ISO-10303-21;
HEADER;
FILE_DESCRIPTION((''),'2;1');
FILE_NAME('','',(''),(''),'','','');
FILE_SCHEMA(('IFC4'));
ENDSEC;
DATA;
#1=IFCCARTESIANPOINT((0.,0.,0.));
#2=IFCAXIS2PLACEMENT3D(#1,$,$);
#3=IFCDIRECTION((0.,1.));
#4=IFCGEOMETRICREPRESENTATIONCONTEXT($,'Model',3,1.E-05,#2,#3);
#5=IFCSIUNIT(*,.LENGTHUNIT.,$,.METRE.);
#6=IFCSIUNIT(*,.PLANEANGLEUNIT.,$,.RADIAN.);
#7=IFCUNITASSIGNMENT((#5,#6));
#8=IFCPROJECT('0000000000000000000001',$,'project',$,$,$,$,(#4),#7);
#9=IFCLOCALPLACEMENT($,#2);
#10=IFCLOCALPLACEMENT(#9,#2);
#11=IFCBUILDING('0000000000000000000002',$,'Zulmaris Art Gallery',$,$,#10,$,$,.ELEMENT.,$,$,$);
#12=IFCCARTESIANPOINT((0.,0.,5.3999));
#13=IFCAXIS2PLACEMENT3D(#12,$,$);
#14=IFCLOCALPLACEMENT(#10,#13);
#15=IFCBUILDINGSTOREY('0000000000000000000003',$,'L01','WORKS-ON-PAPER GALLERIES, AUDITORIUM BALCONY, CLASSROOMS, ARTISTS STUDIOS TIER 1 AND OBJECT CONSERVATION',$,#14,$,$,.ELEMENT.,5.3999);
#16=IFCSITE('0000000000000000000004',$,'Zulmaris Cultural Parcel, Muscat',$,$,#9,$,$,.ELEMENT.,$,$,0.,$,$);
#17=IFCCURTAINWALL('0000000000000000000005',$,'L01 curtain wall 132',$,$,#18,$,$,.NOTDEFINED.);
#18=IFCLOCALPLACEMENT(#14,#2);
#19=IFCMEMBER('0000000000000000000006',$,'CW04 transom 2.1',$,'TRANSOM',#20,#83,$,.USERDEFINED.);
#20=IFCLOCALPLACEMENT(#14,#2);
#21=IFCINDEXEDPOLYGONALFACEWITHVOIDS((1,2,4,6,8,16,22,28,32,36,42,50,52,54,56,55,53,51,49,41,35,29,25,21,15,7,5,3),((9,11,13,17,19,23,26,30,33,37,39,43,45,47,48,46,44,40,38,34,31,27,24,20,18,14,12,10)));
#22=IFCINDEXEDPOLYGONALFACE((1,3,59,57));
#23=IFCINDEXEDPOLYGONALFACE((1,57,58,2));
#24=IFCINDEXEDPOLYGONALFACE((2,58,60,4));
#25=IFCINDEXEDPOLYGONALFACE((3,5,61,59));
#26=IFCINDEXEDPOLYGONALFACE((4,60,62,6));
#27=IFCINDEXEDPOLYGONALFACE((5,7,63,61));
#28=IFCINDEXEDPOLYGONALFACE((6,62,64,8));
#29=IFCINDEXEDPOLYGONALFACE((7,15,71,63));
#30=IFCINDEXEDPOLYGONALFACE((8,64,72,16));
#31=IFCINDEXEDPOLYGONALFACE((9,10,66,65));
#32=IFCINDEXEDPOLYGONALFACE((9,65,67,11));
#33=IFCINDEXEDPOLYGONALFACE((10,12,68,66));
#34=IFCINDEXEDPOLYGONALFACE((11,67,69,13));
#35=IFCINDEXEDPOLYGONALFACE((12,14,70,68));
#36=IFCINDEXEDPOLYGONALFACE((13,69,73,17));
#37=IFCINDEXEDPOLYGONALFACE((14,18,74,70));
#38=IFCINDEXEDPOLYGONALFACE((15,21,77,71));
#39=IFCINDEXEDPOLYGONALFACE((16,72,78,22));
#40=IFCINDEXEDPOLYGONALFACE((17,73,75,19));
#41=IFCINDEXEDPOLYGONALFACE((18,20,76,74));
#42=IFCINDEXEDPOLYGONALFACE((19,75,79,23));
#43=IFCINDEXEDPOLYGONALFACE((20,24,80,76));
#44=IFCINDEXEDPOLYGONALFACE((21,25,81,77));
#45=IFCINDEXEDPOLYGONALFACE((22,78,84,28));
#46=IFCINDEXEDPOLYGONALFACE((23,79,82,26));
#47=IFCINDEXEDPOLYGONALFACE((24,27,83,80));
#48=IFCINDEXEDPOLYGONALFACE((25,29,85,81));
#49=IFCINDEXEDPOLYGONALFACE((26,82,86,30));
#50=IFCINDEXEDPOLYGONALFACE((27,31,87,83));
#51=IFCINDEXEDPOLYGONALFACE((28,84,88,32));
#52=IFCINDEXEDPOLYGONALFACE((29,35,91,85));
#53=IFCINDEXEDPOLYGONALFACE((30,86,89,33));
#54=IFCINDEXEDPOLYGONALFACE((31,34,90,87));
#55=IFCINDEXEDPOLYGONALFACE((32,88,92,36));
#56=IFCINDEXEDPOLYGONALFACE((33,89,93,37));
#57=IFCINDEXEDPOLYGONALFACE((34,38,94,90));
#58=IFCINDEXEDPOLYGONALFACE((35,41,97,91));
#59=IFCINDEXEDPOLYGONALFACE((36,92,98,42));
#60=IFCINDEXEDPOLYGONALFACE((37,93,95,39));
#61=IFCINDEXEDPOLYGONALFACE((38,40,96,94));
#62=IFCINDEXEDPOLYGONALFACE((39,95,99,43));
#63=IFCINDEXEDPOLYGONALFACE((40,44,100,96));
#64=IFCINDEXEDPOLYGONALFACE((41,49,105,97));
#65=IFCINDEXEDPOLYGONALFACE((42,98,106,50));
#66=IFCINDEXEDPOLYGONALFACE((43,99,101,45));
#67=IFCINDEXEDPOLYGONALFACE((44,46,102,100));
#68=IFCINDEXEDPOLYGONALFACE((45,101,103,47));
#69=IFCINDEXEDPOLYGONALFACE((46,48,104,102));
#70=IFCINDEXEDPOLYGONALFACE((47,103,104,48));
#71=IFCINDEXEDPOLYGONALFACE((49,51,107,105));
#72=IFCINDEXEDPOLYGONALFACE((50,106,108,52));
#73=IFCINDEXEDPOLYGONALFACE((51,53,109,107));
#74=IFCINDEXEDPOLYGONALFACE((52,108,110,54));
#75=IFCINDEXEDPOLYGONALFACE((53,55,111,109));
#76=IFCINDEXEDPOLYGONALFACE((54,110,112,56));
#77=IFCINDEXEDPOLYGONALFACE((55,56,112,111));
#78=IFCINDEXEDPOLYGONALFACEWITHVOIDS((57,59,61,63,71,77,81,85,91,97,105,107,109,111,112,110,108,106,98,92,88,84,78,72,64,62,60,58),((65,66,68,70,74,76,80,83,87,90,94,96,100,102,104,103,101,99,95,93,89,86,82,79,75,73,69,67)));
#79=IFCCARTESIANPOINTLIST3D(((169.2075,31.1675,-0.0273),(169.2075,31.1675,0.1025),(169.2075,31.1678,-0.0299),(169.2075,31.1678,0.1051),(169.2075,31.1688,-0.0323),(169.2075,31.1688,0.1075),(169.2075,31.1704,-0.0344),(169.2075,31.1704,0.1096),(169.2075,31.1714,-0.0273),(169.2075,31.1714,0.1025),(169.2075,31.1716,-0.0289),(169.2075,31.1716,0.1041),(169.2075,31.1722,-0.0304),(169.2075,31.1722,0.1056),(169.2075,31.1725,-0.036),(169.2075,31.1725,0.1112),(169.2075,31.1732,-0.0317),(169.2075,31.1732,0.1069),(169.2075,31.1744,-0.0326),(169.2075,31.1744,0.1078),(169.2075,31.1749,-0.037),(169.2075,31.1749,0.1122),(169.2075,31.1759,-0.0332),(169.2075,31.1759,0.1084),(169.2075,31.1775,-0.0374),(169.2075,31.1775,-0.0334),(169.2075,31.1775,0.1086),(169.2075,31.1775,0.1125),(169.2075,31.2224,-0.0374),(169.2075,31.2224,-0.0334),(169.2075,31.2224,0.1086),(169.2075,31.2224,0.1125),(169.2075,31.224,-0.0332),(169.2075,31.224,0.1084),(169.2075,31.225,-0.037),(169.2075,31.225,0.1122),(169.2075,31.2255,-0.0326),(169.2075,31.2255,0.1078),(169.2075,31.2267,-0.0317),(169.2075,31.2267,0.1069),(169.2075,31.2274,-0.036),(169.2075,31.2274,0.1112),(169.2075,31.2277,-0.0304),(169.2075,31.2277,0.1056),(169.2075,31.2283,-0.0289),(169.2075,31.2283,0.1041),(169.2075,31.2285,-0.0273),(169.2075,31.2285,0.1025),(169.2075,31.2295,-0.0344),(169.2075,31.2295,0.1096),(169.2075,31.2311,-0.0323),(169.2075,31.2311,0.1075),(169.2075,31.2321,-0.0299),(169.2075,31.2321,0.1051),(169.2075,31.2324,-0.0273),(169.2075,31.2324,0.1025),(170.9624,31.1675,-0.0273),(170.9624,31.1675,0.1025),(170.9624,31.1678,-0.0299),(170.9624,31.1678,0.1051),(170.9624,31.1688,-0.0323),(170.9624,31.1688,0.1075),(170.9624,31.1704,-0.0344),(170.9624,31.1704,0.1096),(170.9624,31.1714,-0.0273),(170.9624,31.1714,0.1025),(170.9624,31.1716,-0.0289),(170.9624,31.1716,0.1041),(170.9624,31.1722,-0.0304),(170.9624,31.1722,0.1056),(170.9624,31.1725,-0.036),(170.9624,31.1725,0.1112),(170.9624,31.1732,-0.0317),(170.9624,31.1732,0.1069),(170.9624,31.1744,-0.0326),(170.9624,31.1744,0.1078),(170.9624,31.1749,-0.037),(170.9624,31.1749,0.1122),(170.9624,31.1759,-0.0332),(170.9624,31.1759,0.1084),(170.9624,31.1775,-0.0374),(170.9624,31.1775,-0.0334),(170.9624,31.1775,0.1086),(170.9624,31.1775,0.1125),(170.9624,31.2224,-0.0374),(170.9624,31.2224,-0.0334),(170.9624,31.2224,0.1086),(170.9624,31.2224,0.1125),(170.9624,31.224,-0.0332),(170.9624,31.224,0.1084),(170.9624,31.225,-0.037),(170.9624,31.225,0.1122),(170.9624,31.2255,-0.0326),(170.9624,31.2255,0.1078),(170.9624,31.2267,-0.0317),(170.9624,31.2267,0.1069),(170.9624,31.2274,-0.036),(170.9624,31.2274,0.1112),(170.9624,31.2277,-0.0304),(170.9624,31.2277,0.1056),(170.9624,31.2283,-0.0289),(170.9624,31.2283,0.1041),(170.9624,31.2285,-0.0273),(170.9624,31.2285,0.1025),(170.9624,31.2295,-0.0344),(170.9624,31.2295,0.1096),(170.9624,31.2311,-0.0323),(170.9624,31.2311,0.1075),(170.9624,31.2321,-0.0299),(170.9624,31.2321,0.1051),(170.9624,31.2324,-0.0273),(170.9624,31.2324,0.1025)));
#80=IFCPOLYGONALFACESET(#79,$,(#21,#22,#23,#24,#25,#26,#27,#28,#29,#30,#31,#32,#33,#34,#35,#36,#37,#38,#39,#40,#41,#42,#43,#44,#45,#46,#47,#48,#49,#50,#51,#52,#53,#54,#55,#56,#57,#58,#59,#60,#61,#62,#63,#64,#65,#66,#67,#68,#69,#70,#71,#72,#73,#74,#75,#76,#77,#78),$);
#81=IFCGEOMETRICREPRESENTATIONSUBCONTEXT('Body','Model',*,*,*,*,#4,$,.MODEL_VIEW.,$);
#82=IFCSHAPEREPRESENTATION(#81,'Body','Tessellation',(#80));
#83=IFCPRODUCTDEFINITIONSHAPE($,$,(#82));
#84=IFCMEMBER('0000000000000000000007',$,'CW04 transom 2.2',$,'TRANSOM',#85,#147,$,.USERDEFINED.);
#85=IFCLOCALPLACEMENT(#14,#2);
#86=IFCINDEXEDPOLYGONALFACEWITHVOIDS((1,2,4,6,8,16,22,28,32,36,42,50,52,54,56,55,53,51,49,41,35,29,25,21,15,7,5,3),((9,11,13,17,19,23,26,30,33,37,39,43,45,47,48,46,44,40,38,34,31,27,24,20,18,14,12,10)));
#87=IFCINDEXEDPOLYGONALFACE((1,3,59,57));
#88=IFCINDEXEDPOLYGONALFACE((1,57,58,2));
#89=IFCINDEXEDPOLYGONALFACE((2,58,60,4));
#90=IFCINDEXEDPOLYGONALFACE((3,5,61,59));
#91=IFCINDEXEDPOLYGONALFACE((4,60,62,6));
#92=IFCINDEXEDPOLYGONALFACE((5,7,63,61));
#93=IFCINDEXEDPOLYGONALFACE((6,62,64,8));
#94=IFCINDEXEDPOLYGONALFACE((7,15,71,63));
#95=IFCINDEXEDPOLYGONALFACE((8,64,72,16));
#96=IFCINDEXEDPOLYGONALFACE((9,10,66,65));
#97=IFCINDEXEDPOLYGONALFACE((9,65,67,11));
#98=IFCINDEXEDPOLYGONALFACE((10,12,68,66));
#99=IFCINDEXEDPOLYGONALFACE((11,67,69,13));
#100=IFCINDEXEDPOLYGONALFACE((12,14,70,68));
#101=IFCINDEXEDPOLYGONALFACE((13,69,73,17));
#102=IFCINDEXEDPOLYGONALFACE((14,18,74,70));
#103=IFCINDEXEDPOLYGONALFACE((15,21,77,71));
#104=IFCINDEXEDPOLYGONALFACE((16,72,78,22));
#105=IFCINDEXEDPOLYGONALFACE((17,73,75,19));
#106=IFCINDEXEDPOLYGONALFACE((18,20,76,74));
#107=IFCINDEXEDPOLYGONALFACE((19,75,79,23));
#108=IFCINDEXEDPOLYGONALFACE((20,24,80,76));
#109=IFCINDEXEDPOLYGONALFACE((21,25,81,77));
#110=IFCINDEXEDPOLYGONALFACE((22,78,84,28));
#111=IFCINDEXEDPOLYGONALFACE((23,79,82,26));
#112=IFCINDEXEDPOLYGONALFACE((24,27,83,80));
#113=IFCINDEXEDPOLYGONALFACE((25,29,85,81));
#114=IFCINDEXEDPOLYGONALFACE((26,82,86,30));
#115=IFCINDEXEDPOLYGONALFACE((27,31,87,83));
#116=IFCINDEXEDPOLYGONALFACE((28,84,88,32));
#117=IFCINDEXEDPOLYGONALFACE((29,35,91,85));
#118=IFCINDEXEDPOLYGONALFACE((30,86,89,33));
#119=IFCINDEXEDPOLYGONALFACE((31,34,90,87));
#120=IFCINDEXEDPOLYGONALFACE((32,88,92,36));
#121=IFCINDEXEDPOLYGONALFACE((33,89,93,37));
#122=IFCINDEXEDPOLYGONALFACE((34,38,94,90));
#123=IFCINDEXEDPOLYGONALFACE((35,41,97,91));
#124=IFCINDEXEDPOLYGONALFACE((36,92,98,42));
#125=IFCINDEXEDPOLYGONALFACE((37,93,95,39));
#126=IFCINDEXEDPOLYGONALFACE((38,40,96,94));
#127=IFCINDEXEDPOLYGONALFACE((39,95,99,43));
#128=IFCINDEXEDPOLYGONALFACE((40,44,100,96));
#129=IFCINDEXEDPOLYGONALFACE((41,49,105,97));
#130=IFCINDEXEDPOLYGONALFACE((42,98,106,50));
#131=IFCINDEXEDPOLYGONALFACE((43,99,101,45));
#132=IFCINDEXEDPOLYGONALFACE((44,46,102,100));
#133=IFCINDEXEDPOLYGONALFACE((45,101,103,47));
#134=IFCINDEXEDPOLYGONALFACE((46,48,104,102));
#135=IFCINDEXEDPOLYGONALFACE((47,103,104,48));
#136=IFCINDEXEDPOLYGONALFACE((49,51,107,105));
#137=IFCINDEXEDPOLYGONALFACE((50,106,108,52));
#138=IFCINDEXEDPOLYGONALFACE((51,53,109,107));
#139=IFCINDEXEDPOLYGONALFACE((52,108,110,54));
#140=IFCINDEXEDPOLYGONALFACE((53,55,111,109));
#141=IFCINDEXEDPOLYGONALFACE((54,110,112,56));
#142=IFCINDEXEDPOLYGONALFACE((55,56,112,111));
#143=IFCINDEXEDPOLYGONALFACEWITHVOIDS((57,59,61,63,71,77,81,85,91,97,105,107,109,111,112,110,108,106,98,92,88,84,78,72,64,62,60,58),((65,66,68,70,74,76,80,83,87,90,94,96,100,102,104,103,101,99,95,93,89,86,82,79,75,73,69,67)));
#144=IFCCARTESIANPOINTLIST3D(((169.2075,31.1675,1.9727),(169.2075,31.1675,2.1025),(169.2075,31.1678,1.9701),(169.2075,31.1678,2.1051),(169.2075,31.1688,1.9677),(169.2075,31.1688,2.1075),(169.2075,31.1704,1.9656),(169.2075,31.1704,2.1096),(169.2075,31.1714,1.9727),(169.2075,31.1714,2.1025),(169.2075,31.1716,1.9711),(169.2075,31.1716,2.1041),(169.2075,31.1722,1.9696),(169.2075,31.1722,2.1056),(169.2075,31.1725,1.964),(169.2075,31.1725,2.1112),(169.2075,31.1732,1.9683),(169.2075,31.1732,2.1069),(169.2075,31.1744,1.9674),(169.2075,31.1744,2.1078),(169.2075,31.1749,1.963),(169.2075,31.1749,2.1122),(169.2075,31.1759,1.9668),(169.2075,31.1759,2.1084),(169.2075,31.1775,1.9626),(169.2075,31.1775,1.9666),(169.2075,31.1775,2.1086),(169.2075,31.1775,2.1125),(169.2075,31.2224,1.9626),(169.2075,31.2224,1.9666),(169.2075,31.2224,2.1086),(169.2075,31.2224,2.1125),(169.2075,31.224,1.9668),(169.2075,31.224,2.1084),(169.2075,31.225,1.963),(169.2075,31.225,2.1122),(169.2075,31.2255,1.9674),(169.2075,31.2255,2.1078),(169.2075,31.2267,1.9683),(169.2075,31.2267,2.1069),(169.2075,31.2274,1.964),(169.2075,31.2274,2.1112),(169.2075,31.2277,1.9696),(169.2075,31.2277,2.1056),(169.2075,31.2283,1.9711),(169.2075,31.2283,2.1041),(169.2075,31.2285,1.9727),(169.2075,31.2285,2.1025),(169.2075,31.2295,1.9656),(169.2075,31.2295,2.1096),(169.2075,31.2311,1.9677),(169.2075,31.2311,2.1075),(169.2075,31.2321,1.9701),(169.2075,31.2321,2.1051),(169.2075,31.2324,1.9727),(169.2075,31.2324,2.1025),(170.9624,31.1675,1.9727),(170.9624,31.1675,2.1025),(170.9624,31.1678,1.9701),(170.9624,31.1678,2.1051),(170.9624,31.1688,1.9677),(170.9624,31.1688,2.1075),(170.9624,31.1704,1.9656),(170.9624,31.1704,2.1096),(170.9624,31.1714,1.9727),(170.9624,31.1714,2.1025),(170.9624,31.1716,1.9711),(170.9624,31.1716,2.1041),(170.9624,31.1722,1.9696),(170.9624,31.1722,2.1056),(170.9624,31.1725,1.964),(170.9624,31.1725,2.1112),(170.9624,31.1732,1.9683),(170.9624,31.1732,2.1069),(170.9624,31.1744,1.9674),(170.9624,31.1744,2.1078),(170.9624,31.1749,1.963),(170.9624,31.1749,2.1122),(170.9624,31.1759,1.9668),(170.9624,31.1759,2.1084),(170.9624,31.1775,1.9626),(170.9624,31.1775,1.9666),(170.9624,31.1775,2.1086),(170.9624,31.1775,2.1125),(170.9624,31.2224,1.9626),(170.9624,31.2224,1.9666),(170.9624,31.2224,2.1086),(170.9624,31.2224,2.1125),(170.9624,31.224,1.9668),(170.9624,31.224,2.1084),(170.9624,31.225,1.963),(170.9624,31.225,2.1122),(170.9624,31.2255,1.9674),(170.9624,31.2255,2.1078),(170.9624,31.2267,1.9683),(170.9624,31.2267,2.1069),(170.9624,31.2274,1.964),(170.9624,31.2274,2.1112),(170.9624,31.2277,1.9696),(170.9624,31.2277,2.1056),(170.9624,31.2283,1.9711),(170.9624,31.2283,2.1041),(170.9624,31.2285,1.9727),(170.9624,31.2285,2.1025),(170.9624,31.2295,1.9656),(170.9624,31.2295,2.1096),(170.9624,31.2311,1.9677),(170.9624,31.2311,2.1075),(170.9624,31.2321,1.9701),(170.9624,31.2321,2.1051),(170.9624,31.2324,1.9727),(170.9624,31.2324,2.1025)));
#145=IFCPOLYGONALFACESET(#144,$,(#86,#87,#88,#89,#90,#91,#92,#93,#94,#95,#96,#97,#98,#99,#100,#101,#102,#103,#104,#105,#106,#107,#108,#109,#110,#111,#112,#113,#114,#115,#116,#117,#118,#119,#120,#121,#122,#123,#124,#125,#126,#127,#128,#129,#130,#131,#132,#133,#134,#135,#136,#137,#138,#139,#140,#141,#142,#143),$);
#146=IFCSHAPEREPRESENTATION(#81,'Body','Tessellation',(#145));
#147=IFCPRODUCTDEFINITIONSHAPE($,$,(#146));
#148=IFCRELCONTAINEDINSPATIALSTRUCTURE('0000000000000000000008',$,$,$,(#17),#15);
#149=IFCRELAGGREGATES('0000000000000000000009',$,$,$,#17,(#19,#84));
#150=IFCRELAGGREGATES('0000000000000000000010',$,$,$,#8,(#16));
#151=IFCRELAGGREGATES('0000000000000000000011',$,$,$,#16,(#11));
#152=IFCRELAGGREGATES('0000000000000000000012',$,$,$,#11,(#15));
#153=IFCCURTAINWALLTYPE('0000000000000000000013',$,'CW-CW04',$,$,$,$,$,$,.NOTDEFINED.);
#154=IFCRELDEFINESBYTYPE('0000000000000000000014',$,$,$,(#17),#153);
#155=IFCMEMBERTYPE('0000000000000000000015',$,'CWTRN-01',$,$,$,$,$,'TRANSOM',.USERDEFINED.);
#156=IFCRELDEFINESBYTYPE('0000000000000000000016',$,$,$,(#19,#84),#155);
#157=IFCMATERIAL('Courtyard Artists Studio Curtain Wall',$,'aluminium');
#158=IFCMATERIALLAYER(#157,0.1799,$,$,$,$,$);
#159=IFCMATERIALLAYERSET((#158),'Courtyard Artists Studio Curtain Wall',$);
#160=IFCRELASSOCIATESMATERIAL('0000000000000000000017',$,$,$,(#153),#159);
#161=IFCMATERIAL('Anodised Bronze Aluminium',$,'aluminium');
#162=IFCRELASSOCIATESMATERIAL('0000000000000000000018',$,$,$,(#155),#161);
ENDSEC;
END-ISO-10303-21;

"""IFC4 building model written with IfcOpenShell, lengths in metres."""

from ifc_helpers import new_model, si_unit, direction, frame, origin, origin_2d, place, context, subcontext, project, spatial, hollow_rectangle, extrude, material, layer, layer_set, material_profile, profile_set, type_object, element, aggregate, save


model = new_model("IFC4")

# Units and contexts
model_context = context("Model", 3, precision=1e-05, world=origin(), true_north=direction((0.0, 1.0)))
body_context = subcontext(model_context, "Body", "Model", "MODEL_VIEW")
ifc_project = project(units=[si_unit("LENGTHUNIT", "METRE"), si_unit("PLANEANGLEUNIT", "RADIAN")], contexts=[model_context])

# Site, building, storey
site_placement = place(None, origin())
site = spatial("IfcSite", under=ifc_project, at=site_placement, Name="Zulmaris Cultural Parcel, Muscat", CompositionType="ELEMENT", RefElevation=0.0)
building_placement = place(site_placement, origin())
building = spatial("IfcBuilding", under=site, at=building_placement, Name="Zulmaris Art Gallery", CompositionType="ELEMENT")
storey_placement = place(building_placement, frame((0.0, 0.0, 5.3999)))
storey = spatial("IfcBuildingStorey", under=building, at=storey_placement, Name="L01", Description="WORKS-ON-PAPER GALLERIES, AUDITORIUM BALCONY, CLASSROOMS, ARTISTS STUDIOS TIER 1 AND OBJECT CONSERVATION", CompositionType="ELEMENT", Elevation=5.3999)

# Curtain wall, members
ifc_material_1 = material(Name="Courtyard Artists Studio Curtain Wall", Category="aluminium")
ifc_layer_1 = layer(ifc_material_1, 0.1799)
ifc_layer_set_1 = layer_set([ifc_layer_1], Name="Courtyard Artists Studio Curtain Wall")
curtain_wall_type = type_object("IfcCurtainWallType", Name="CW-CW04", PredefinedType="NOTDEFINED", material=ifc_layer_set_1)
curtain_wall_placement = place(storey_placement, origin())
curtain_wall = element("IfcCurtainWall", 1, at=curtain_wall_placement, inside=storey, type_object=curtain_wall_type, Name="L01 curtain wall 132", PredefinedType="NOTDEFINED")
ifc_material_2 = material(Name="Anodised Bronze Aluminium", Category="aluminium")
ifc_material_profile_1 = material_profile(ifc_material_2, hollow_rectangle(XDim=0.0649, YDim=0.1499, WallThickness=0.0039, InnerFilletRadius=0.0061, OuterFilletRadius=0.01, at=origin_2d()), Name="ALU 65x150x4")
ifc_profile_set_1 = profile_set([ifc_material_profile_1], Name="Anodised Bronze Aluminium")
member_type_1 = type_object("IfcMemberType", Name="CWTRN-01", ElementType="TRANSOM", PredefinedType="USERDEFINED", material=ifc_profile_set_1)
member_1_placement = place(storey_placement, frame((169.2075, 31.2, 0.0376), z_axis=(1.0, 0.0, 0.0), x_axis=(0.0, 1.0, 0.0)))
member_1 = element("IfcMember", 2, at=member_1_placement, type_object=member_type_1, Name="CW04 transom 2.1", ObjectType="TRANSOM", PredefinedType="USERDEFINED", context=body_context, shape_type="SweptSolid", body=[
    extrude(hollow_rectangle(XDim=0.0649, YDim=0.1499, WallThickness=0.0039, InnerFilletRadius=0.0061, OuterFilletRadius=0.01, at=origin_2d()), origin(), (0.0, 0.0, 1.0), 1.7549),
])
member_2_placement = place(storey_placement, frame((169.2075, 31.2, 2.0376), z_axis=(1.0, 0.0, 0.0), x_axis=(0.0, 1.0, 0.0)))
member_2 = element("IfcMember", 3, at=member_2_placement, type_object=member_type_1, Name="CW04 transom 2.2", ObjectType="TRANSOM", PredefinedType="USERDEFINED", context=body_context, shape_type="SweptSolid", body=[
    extrude(hollow_rectangle(XDim=0.0649, YDim=0.1499, WallThickness=0.0039, InnerFilletRadius=0.0061, OuterFilletRadius=0.01, at=origin_2d()), origin(), (0.0, 0.0, 1.0), 1.7549),
])
aggregate(curtain_wall, [member_1, member_2])

save(model, "model.ifc")
